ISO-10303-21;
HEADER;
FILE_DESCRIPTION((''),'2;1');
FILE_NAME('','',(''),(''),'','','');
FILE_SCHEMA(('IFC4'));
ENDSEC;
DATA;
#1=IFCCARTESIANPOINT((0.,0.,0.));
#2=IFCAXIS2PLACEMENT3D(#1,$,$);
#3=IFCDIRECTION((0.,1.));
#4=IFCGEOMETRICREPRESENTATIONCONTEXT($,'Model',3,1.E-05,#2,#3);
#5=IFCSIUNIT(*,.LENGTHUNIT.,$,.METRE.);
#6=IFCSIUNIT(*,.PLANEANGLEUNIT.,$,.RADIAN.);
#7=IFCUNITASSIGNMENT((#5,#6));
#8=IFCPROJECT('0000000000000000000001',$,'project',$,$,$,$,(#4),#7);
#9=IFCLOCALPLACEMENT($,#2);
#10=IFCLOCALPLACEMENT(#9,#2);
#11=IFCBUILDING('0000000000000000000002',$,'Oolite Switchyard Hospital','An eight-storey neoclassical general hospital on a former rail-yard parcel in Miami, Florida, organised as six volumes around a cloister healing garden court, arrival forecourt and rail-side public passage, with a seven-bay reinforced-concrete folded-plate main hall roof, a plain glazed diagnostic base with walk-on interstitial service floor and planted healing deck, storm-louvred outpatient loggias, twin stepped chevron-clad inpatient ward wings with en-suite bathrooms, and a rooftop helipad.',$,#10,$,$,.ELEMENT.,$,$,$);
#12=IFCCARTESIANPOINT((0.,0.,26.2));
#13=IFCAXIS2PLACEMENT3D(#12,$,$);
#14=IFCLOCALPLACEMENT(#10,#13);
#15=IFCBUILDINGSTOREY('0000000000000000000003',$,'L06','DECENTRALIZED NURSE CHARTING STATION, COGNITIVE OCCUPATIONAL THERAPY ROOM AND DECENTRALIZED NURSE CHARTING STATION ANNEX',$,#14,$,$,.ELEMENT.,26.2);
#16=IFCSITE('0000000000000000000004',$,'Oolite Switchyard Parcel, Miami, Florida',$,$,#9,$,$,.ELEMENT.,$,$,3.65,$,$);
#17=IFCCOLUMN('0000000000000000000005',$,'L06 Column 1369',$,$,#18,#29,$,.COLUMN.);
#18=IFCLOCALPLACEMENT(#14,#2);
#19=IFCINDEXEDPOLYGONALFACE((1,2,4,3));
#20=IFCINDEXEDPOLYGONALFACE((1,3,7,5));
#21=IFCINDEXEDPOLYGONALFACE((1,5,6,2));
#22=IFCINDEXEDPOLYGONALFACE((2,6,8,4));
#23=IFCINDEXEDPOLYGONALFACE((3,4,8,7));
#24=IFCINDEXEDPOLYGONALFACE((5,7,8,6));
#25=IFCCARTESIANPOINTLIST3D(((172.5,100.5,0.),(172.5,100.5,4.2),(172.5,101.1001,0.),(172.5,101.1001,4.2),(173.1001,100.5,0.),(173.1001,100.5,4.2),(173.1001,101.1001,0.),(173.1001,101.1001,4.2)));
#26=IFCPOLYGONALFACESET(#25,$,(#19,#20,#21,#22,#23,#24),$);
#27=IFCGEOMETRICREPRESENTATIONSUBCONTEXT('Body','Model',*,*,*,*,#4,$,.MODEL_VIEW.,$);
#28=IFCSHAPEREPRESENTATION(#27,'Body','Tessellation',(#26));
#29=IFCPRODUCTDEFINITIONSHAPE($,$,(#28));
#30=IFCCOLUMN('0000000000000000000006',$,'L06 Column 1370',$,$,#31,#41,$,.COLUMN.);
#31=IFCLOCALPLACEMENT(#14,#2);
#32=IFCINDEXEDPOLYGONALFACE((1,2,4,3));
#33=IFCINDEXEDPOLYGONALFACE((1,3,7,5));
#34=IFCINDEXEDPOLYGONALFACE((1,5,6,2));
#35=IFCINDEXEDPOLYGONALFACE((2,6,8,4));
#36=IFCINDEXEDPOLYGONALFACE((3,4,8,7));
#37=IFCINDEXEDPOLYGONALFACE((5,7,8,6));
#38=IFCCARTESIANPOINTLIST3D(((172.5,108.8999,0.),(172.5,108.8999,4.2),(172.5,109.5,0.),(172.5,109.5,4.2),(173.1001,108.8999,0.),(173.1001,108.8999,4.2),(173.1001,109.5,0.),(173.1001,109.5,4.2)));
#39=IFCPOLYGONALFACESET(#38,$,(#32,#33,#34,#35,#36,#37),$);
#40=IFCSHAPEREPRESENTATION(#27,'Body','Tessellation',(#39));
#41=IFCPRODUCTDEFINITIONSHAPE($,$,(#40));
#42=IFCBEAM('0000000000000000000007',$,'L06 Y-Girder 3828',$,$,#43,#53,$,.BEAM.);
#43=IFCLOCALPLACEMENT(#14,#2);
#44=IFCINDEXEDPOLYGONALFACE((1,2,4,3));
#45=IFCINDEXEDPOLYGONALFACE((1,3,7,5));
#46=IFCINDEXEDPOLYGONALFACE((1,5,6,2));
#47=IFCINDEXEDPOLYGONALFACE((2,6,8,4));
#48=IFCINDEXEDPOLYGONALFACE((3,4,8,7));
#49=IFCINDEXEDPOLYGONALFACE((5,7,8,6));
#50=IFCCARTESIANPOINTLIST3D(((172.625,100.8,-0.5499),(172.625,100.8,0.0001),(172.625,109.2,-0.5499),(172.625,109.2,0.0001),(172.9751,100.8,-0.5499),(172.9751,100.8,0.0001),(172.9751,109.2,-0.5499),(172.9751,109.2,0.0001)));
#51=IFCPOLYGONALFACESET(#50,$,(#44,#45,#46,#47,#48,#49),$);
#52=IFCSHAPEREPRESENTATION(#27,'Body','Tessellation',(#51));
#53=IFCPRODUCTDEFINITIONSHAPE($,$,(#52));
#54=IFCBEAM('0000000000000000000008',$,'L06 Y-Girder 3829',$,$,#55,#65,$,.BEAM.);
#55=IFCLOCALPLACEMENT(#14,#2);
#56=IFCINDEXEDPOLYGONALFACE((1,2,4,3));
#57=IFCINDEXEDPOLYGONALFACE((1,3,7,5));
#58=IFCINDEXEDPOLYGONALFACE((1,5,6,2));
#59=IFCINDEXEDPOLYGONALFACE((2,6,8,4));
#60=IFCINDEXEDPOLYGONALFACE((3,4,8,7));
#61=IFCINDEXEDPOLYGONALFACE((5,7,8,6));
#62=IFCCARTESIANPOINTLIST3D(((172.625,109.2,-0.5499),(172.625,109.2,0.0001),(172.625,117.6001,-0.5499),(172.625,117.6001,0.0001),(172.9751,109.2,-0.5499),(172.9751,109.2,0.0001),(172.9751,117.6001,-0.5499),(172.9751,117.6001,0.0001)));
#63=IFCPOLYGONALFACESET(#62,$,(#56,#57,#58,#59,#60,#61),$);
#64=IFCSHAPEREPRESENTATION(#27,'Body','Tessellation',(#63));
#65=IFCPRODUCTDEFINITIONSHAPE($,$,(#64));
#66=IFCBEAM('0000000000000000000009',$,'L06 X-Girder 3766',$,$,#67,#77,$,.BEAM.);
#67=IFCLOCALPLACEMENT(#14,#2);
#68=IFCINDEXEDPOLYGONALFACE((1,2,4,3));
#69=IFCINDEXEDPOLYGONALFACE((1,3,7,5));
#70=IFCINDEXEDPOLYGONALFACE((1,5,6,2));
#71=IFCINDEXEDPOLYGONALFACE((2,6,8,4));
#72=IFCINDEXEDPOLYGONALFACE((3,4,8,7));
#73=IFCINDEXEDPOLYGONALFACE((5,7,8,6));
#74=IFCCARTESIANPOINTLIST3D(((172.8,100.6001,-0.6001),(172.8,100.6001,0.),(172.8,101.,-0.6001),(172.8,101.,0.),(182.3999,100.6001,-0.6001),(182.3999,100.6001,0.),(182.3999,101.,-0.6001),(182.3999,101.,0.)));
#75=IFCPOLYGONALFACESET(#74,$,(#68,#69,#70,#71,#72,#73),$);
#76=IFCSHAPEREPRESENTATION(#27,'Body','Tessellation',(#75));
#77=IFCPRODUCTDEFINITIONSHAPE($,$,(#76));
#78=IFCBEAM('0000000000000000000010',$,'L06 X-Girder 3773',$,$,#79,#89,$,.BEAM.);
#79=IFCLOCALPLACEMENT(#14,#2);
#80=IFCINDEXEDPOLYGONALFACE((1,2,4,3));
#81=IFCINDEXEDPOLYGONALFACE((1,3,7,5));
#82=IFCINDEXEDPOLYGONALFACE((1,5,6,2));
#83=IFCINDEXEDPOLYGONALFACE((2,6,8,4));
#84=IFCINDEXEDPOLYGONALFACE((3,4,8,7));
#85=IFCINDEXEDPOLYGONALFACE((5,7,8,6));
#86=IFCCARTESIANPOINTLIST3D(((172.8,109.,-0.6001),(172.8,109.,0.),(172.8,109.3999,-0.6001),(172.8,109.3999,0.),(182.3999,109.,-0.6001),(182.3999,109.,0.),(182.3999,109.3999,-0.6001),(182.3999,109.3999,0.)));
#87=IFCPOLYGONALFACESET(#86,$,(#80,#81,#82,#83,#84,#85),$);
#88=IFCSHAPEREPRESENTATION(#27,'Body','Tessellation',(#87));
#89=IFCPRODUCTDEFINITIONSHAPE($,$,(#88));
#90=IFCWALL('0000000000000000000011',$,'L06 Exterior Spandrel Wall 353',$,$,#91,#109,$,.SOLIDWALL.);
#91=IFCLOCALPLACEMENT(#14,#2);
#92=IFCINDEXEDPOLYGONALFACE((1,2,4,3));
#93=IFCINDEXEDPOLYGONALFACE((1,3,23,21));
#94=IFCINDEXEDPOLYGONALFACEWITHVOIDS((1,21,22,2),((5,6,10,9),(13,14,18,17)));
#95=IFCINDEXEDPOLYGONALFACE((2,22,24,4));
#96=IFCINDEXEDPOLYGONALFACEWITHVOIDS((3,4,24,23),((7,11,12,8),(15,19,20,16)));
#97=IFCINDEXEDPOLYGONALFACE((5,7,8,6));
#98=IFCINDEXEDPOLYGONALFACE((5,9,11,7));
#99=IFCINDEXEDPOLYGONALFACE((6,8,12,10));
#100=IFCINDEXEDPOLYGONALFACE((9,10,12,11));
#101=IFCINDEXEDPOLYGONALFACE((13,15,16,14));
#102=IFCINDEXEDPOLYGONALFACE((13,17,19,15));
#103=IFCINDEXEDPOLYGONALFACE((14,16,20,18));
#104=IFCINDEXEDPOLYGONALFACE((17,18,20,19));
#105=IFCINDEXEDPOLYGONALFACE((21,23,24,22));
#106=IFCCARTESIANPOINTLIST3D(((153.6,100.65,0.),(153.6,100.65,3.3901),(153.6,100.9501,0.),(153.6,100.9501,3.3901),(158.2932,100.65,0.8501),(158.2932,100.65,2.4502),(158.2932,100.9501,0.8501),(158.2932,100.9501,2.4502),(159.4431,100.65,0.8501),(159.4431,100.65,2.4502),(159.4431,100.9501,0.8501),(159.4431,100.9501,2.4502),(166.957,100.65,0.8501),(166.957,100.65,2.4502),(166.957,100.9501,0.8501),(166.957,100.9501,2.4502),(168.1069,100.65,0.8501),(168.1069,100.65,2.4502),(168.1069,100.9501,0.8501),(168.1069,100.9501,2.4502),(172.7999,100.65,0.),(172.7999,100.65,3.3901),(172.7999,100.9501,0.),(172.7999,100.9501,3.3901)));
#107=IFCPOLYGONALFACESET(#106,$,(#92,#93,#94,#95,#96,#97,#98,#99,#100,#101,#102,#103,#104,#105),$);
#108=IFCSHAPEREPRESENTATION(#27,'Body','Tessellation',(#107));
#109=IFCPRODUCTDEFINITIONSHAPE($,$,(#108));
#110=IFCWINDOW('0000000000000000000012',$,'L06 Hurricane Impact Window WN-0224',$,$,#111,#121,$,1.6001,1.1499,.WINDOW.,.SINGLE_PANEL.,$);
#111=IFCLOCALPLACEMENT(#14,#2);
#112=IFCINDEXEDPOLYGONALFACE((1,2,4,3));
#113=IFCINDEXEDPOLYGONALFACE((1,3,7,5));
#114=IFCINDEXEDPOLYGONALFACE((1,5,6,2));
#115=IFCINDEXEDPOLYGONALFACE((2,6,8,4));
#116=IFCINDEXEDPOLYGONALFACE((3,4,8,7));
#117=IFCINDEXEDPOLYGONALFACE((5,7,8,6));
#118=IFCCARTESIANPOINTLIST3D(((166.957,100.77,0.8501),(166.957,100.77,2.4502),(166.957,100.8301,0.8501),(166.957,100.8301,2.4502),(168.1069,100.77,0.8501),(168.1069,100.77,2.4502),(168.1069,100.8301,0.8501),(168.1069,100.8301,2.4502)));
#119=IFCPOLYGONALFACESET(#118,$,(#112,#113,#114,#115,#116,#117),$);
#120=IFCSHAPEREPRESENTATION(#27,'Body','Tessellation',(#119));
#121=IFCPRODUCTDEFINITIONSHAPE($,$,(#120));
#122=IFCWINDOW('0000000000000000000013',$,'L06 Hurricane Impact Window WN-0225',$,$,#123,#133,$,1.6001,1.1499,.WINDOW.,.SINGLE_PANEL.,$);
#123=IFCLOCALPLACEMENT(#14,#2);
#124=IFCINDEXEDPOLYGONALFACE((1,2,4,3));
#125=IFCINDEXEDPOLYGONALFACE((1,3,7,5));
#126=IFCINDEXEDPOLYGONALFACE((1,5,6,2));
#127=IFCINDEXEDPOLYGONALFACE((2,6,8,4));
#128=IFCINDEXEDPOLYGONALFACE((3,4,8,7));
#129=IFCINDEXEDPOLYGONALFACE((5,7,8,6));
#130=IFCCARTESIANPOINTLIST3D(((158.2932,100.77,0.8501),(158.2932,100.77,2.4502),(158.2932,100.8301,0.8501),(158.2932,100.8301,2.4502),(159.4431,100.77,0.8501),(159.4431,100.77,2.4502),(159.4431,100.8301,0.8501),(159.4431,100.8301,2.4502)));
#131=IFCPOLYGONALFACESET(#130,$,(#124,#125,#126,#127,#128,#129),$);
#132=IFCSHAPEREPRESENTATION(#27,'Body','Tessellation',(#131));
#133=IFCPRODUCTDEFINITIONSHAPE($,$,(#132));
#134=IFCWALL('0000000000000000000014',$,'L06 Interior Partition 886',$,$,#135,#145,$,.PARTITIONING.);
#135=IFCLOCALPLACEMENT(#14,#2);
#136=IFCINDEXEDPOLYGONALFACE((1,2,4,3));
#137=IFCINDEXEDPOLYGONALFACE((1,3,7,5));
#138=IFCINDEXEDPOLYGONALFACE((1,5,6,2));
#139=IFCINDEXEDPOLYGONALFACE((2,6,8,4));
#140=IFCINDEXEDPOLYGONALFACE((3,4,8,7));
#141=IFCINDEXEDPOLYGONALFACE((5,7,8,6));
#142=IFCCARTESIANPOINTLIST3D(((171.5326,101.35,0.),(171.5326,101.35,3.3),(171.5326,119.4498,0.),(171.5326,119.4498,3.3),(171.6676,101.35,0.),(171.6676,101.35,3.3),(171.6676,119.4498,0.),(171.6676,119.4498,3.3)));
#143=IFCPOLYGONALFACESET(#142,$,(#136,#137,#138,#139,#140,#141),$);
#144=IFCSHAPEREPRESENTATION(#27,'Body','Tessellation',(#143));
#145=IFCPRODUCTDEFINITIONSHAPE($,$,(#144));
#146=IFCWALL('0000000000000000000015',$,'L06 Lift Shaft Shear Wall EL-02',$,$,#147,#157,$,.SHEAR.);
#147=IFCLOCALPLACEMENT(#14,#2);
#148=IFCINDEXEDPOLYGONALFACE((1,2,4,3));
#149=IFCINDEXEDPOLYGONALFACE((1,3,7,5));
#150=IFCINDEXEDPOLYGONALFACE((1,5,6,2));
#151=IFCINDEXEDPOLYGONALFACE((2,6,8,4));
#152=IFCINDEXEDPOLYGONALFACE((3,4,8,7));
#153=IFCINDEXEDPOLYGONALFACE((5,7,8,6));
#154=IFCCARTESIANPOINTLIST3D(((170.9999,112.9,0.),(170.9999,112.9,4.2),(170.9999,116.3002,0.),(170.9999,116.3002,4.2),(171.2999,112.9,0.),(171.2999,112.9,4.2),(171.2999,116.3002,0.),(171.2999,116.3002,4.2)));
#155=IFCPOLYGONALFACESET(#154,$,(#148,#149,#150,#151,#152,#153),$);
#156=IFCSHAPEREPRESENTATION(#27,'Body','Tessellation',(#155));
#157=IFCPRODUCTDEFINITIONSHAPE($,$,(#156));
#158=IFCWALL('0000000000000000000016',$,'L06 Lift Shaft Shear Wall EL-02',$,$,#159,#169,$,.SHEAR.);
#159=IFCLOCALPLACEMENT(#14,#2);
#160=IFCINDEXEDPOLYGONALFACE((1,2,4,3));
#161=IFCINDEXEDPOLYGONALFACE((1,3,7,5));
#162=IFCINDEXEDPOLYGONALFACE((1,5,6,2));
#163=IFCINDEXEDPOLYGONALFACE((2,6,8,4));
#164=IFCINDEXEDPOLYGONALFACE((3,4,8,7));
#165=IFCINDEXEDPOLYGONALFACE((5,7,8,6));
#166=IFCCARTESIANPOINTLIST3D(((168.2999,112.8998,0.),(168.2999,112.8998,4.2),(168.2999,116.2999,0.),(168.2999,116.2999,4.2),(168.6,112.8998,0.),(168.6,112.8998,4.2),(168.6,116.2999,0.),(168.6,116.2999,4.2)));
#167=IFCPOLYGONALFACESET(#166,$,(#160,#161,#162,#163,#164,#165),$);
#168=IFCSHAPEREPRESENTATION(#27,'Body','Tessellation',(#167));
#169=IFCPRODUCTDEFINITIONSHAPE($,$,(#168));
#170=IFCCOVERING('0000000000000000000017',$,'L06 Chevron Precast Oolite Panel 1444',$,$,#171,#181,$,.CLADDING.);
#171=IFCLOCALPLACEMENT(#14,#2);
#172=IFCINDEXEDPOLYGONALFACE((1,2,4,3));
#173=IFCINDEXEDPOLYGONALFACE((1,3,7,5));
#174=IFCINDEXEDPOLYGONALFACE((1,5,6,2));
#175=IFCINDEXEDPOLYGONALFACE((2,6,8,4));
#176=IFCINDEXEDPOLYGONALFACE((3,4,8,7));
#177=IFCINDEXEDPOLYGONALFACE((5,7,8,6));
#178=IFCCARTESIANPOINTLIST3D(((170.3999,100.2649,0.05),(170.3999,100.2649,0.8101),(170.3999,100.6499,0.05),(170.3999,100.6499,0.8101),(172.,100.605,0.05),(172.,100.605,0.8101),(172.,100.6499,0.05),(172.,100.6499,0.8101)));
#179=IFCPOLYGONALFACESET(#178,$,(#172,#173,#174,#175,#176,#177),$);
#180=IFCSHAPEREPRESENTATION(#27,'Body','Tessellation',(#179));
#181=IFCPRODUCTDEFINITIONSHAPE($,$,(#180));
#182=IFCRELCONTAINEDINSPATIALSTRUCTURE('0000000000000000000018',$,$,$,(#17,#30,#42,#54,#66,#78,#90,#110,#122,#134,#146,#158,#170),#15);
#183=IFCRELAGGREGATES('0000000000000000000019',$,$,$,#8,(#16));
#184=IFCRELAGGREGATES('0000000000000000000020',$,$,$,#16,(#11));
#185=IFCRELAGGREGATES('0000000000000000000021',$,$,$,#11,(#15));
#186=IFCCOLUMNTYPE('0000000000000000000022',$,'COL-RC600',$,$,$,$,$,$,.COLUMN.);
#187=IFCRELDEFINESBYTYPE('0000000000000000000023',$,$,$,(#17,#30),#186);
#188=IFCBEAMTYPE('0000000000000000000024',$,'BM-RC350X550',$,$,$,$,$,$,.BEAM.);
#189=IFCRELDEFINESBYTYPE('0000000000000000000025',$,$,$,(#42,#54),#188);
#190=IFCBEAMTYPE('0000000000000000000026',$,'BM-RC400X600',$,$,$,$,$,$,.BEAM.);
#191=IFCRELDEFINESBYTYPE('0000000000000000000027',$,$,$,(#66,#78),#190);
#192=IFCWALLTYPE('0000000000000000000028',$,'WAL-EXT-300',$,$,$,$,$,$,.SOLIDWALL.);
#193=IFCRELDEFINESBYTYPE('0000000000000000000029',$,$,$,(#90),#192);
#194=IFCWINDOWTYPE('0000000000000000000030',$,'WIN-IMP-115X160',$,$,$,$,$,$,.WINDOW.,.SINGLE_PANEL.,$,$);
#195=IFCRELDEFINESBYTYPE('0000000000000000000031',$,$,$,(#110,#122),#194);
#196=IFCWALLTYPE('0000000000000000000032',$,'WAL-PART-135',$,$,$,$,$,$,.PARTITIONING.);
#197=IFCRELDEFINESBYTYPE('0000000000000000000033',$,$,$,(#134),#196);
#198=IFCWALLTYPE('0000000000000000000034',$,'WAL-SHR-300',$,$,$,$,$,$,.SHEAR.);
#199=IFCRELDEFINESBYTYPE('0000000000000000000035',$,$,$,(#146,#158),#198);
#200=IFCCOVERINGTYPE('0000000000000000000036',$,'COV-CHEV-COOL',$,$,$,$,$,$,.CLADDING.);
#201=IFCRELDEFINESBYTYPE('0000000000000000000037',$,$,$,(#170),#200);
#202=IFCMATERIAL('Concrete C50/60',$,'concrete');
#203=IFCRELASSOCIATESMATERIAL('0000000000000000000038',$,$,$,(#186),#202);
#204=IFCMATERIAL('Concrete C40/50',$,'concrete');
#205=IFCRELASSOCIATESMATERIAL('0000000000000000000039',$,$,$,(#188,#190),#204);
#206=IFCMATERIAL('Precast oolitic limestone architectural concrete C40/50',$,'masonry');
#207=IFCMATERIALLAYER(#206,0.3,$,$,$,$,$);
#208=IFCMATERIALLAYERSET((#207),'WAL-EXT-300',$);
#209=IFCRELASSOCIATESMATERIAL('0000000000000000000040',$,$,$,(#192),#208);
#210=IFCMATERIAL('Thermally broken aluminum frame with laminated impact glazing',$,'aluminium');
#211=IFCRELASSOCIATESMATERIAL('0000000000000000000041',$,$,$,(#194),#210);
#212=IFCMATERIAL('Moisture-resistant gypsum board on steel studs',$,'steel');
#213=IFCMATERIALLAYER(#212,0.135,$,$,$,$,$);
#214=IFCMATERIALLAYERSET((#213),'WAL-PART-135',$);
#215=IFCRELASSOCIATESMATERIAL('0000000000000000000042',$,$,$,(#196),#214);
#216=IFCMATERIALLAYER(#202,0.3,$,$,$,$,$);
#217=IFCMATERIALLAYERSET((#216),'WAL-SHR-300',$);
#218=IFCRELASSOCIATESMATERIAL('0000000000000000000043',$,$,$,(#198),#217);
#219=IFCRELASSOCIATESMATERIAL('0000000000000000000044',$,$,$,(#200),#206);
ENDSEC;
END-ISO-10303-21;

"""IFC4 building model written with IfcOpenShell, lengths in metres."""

from ifc_helpers import new_model, si_unit, direction, frame, frame_2d, origin, origin_2d, place, context, subcontext, project, spatial, polyline, rectangle, outline, extrude, material, layer, layer_set, material_profile, profile_set, type_object, element, fill, save


model = new_model("IFC4")

# Units and contexts
model_context = context("Model", 3, precision=1e-05, world=origin(), true_north=direction((0.0, 1.0)))
body_context = subcontext(model_context, "Body", "Model", "MODEL_VIEW")
ifc_project = project(units=[si_unit("LENGTHUNIT", "METRE"), si_unit("PLANEANGLEUNIT", "RADIAN")], contexts=[model_context])

# Site, building, storey
site_placement = place(None, origin())
site = spatial("IfcSite", under=ifc_project, at=site_placement, Name="Oolite Switchyard Parcel, Miami, Florida", CompositionType="ELEMENT", RefElevation=3.65)
building_placement = place(site_placement, origin())
building = spatial("IfcBuilding", under=site, at=building_placement, Name="Oolite Switchyard Hospital", Description="An eight-storey neoclassical general hospital on a former rail-yard parcel in Miami, Florida, organised as six volumes around a cloister healing garden court, arrival forecourt and rail-side public passage, with a seven-bay reinforced-concrete folded-plate main hall roof, a plain glazed diagnostic base with walk-on interstitial service floor and planted healing deck, storm-louvred outpatient loggias, twin stepped chevron-clad inpatient ward wings with en-suite bathrooms, and a rooftop helipad.", CompositionType="ELEMENT")
storey_placement = place(building_placement, frame((0.0, 0.0, 26.2)))
storey = spatial("IfcBuildingStorey", under=building, at=storey_placement, Name="L06", Description="DECENTRALIZED NURSE CHARTING STATION, COGNITIVE OCCUPATIONAL THERAPY ROOM AND DECENTRALIZED NURSE CHARTING STATION ANNEX", CompositionType="ELEMENT", Elevation=26.2)

# Columns
ifc_material_1 = material(Name="Concrete C50/60", Category="concrete")
ifc_material_profile_1 = material_profile(ifc_material_1, rectangle(XDim=0.6001, YDim=0.6001, at=origin_2d()), Name="RC600X600")
ifc_profile_set_1 = profile_set([ifc_material_profile_1], Name="Concrete C50/60")
column_type = type_object("IfcColumnType", Name="COL-RC600", PredefinedType="COLUMN", material=ifc_profile_set_1)
for number, where, z_axis, x_axis, name in (
    (1, (172.8, 100.8, 0.0), (0.0, 0.0, 1.0), (1.0, 0.0, 0.0), "L06 Column 1369"),
    (2, (172.8, 109.2, 0.0), (0.0, 0.0, 1.0), (1.0, 0.0, 0.0), "L06 Column 1370"),
):
    element("IfcColumn", number, at=place(storey_placement, frame(where, z_axis=z_axis, x_axis=x_axis)), inside=storey, type_object=column_type, Name=name, PredefinedType="COLUMN", context=body_context, shape_type="SweptSolid", body=[
        extrude(rectangle(XDim=0.6001, YDim=0.6001, at=origin_2d()), origin(), (0.0, 0.0, 1.0), 4.2),
    ])

# Beams
ifc_material_2 = material(Name="Concrete C40/50", Category="concrete")
ifc_material_profile_2 = material_profile(ifc_material_2, rectangle(XDim=0.3501, YDim=0.55, at=origin_2d()), Name="RCB350X550")
ifc_profile_set_2 = profile_set([ifc_material_profile_2], Name="Concrete C40/50")
beam_type_1 = type_object("IfcBeamType", Name="BM-RC350X550", PredefinedType="BEAM", material=ifc_profile_set_2)
beam_1_placement = place(storey_placement, frame((172.8, 100.8, -0.2749), z_axis=(0.0, 1.0, 0.0), x_axis=(-1.0, 0.0, 0.0)))
element("IfcBeam", 3, at=beam_1_placement, inside=storey, type_object=beam_type_1, Name="L06 Y-Girder 3828", PredefinedType="BEAM", context=body_context, shape_type="SweptSolid", body=[
    extrude(rectangle(XDim=0.3501, YDim=0.55, at=origin_2d()), origin(), (0.0, 0.0, 1.0), 8.3999),
])
beam_2_placement = place(storey_placement, frame((172.8, 109.2, -0.2749), z_axis=(0.0, 1.0, 0.0), x_axis=(-1.0, 0.0, 0.0)))
element("IfcBeam", 4, at=beam_2_placement, inside=storey, type_object=beam_type_1, Name="L06 Y-Girder 3829", PredefinedType="BEAM", context=body_context, shape_type="SweptSolid", body=[
    extrude(rectangle(XDim=0.3501, YDim=0.55, at=origin_2d()), origin(), (0.0, 0.0, 1.0), 8.4001),
])
ifc_material_profile_3 = material_profile(ifc_material_2, rectangle(XDim=0.3999, YDim=0.6001, at=origin_2d()), Name="RCB400X600")
ifc_profile_set_3 = profile_set([ifc_material_profile_3], Name="Concrete C40/50")
beam_type_2 = type_object("IfcBeamType", Name="BM-RC400X600", PredefinedType="BEAM", material=ifc_profile_set_3)
for number, where, z_axis, x_axis, name in (
    (5, (172.8, 100.8, -0.3), (1.0, 0.0, 0.0), (0.0, 1.0, 0.0), "L06 X-Girder 3766"),
    (6, (172.8, 109.2, -0.3), (1.0, 0.0, 0.0), (0.0, 1.0, 0.0), "L06 X-Girder 3773"),
):
    element("IfcBeam", number, at=place(storey_placement, frame(where, z_axis=z_axis, x_axis=x_axis)), inside=storey, type_object=beam_type_2, Name=name, PredefinedType="BEAM", context=body_context, shape_type="SweptSolid", body=[
        extrude(rectangle(XDim=0.3999, YDim=0.6001, at=origin_2d()), origin(), (0.0, 0.0, 1.0), 9.5999),
    ])

# Wall, openings, windows
ifc_material_3 = material(Name="Precast oolitic limestone architectural concrete C40/50", Category="masonry")
ifc_layer_1 = layer(ifc_material_3, 0.3)
ifc_layer_set_1 = layer_set([ifc_layer_1], Name="WAL-EXT-300")
wall_type_1 = type_object("IfcWallType", Name="WAL-EXT-300", PredefinedType="SOLIDWALL", material=ifc_layer_set_1)
wall_1_placement = place(storey_placement, frame((172.8, 100.8, 0.0), z_axis=(0.0, 0.0, 1.0), x_axis=(-1.0, 0.0, 0.0)))
wall_1 = element("IfcWall", 7, at=wall_1_placement, inside=storey, type_object=wall_type_1, Name="L06 Exterior Spandrel Wall 353", PredefinedType="SOLIDWALL", context=body_context, shape_type="SweptSolid", body=[
    extrude(rectangle(XDim=19.2, YDim=0.3, at=frame_2d((9.6001, 0.0))), origin(), (0.0, 0.0, 1.0), 3.3901),
])
opening_1_placement = place(wall_1_placement, frame((4.6931, 0.0, 0.8501)))
opening_1 = element("IfcOpeningElement", 8, at=opening_1_placement, cuts=wall_1, PredefinedType="OPENING", context=body_context, shape_type="SweptSolid", body=[
    extrude(rectangle(XDim=1.1499, YDim=1.6001, at=frame_2d((0.575, 0.8))), frame((0.0, 0.1602, 0.0), z_axis=(0.0, -1.0, 0.0), x_axis=(1.0, 0.0, 0.0)), (0.0, 0.0, 1.0), 0.3201),
])
opening_2_placement = place(wall_1_placement, frame((13.3569, 0.0, 0.8501)))
opening_2 = element("IfcOpeningElement", 9, at=opening_2_placement, cuts=wall_1, PredefinedType="OPENING", context=body_context, shape_type="SweptSolid", body=[
    extrude(rectangle(XDim=1.1499, YDim=1.6001, at=frame_2d((0.575, 0.8))), frame((0.0, 0.1602, 0.0), z_axis=(0.0, -1.0, 0.0), x_axis=(1.0, 0.0, 0.0)), (0.0, 0.0, 1.0), 0.3201),
])
ifc_material_4 = material(Name="Thermally broken aluminum frame with laminated impact glazing", Category="aluminium")
window_type = type_object("IfcWindowType", Name="WIN-IMP-115X160", PartitioningType="SINGLE_PANEL", PredefinedType="WINDOW", material=ifc_material_4)
window_1_placement = place(opening_1_placement, origin())
window_1 = element("IfcWindow", 10, at=window_1_placement, inside=storey, type_object=window_type, Name="L06 Hurricane Impact Window WN-0224", OverallHeight=1.6001, OverallWidth=1.1499, PartitioningType="SINGLE_PANEL", PredefinedType="WINDOW", context=body_context, shape_type="SweptSolid", body=[
    extrude(rectangle(XDim=1.1499, YDim=1.6001, at=frame_2d((0.575, 0.8))), frame((0.0, 0.03, 0.0), z_axis=(0.0, -1.0, 0.0), x_axis=(1.0, 0.0, 0.0)), (0.0, 0.0, 1.0), 0.0601),
])
fill(opening_1, window_1)
window_2_placement = place(opening_2_placement, origin())
window_2 = element("IfcWindow", 11, at=window_2_placement, inside=storey, type_object=window_type, Name="L06 Hurricane Impact Window WN-0225", OverallHeight=1.6001, OverallWidth=1.1499, PartitioningType="SINGLE_PANEL", PredefinedType="WINDOW", context=body_context, shape_type="SweptSolid", body=[
    extrude(rectangle(XDim=1.1499, YDim=1.6001, at=frame_2d((0.575, 0.8))), frame((0.0, 0.03, 0.0), z_axis=(0.0, -1.0, 0.0), x_axis=(1.0, 0.0, 0.0)), (0.0, 0.0, 1.0), 0.0601),
])
fill(opening_2, window_2)

# Walls
ifc_material_5 = material(Name="Moisture-resistant gypsum board on steel studs", Category="steel")
ifc_layer_2 = layer(ifc_material_5, 0.135)
ifc_layer_set_2 = layer_set([ifc_layer_2], Name="WAL-PART-135")
wall_type_2 = type_object("IfcWallType", Name="WAL-PART-135", PredefinedType="PARTITIONING", material=ifc_layer_set_2)
wall_2_placement = place(storey_placement, frame((171.6001, 101.3501, 0.0), z_axis=(0.0, 0.0, 1.0), x_axis=(0.0, 1.0, 0.0)))
element("IfcWall", 12, at=wall_2_placement, inside=storey, type_object=wall_type_2, Name="L06 Interior Partition 886", PredefinedType="PARTITIONING", context=body_context, shape_type="SweptSolid", body=[
    extrude(rectangle(XDim=18.0999, YDim=0.135, at=frame_2d((9.0498, 0.0))), origin(), (0.0, 0.0, 1.0), 3.3),
])
ifc_layer_3 = layer(ifc_material_1, 0.3)
ifc_layer_set_3 = layer_set([ifc_layer_3], Name="WAL-SHR-300")
wall_type_3 = type_object("IfcWallType", Name="WAL-SHR-300", PredefinedType="SHEAR", material=ifc_layer_set_3)
for number, where, z_axis, x_axis, name in (
    (13, (171.1499, 112.8999, 0.0), (0.0, 0.0, 1.0), (0.0, 1.0, 0.0), "L06 Lift Shaft Shear Wall EL-02"),
    (14, (168.45, 116.3, 0.0), (0.0, 0.0, 1.0), (0.0, -1.0, 0.0), "L06 Lift Shaft Shear Wall EL-02"),
):
    element("IfcWall", number, at=place(storey_placement, frame(where, z_axis=z_axis, x_axis=x_axis)), inside=storey, type_object=wall_type_3, Name=name, PredefinedType="SHEAR", context=body_context, shape_type="SweptSolid", body=[
        extrude(rectangle(XDim=3.4001, YDim=0.3, at=frame_2d((1.7002, 0.0))), origin(), (0.0, 0.0, 1.0), 4.2),
    ])

# Covering
covering_type = type_object("IfcCoveringType", Name="COV-CHEV-COOL", PredefinedType="CLADDING", material=ifc_material_3)
covering_1_placement = place(storey_placement, frame((172.0, 100.6499, 0.05), z_axis=(0.0, 0.0, 1.0), x_axis=(-1.0, 0.0, 0.0)))
element("IfcCovering", 15, at=covering_1_placement, inside=storey, type_object=covering_type, Name="L06 Chevron Precast Oolite Panel 1444", PredefinedType="CLADDING", context=body_context, shape_type="SweptSolid", body=[
    extrude(outline(polyline([(0.0, 0.0), (1.6001, 0.0), (1.6001, 0.385), (0.0, 0.0449), (0.0, 0.0)])), origin(), (0.0, 0.0, 1.0), 0.76),
])

save(model, "model.ifc")
